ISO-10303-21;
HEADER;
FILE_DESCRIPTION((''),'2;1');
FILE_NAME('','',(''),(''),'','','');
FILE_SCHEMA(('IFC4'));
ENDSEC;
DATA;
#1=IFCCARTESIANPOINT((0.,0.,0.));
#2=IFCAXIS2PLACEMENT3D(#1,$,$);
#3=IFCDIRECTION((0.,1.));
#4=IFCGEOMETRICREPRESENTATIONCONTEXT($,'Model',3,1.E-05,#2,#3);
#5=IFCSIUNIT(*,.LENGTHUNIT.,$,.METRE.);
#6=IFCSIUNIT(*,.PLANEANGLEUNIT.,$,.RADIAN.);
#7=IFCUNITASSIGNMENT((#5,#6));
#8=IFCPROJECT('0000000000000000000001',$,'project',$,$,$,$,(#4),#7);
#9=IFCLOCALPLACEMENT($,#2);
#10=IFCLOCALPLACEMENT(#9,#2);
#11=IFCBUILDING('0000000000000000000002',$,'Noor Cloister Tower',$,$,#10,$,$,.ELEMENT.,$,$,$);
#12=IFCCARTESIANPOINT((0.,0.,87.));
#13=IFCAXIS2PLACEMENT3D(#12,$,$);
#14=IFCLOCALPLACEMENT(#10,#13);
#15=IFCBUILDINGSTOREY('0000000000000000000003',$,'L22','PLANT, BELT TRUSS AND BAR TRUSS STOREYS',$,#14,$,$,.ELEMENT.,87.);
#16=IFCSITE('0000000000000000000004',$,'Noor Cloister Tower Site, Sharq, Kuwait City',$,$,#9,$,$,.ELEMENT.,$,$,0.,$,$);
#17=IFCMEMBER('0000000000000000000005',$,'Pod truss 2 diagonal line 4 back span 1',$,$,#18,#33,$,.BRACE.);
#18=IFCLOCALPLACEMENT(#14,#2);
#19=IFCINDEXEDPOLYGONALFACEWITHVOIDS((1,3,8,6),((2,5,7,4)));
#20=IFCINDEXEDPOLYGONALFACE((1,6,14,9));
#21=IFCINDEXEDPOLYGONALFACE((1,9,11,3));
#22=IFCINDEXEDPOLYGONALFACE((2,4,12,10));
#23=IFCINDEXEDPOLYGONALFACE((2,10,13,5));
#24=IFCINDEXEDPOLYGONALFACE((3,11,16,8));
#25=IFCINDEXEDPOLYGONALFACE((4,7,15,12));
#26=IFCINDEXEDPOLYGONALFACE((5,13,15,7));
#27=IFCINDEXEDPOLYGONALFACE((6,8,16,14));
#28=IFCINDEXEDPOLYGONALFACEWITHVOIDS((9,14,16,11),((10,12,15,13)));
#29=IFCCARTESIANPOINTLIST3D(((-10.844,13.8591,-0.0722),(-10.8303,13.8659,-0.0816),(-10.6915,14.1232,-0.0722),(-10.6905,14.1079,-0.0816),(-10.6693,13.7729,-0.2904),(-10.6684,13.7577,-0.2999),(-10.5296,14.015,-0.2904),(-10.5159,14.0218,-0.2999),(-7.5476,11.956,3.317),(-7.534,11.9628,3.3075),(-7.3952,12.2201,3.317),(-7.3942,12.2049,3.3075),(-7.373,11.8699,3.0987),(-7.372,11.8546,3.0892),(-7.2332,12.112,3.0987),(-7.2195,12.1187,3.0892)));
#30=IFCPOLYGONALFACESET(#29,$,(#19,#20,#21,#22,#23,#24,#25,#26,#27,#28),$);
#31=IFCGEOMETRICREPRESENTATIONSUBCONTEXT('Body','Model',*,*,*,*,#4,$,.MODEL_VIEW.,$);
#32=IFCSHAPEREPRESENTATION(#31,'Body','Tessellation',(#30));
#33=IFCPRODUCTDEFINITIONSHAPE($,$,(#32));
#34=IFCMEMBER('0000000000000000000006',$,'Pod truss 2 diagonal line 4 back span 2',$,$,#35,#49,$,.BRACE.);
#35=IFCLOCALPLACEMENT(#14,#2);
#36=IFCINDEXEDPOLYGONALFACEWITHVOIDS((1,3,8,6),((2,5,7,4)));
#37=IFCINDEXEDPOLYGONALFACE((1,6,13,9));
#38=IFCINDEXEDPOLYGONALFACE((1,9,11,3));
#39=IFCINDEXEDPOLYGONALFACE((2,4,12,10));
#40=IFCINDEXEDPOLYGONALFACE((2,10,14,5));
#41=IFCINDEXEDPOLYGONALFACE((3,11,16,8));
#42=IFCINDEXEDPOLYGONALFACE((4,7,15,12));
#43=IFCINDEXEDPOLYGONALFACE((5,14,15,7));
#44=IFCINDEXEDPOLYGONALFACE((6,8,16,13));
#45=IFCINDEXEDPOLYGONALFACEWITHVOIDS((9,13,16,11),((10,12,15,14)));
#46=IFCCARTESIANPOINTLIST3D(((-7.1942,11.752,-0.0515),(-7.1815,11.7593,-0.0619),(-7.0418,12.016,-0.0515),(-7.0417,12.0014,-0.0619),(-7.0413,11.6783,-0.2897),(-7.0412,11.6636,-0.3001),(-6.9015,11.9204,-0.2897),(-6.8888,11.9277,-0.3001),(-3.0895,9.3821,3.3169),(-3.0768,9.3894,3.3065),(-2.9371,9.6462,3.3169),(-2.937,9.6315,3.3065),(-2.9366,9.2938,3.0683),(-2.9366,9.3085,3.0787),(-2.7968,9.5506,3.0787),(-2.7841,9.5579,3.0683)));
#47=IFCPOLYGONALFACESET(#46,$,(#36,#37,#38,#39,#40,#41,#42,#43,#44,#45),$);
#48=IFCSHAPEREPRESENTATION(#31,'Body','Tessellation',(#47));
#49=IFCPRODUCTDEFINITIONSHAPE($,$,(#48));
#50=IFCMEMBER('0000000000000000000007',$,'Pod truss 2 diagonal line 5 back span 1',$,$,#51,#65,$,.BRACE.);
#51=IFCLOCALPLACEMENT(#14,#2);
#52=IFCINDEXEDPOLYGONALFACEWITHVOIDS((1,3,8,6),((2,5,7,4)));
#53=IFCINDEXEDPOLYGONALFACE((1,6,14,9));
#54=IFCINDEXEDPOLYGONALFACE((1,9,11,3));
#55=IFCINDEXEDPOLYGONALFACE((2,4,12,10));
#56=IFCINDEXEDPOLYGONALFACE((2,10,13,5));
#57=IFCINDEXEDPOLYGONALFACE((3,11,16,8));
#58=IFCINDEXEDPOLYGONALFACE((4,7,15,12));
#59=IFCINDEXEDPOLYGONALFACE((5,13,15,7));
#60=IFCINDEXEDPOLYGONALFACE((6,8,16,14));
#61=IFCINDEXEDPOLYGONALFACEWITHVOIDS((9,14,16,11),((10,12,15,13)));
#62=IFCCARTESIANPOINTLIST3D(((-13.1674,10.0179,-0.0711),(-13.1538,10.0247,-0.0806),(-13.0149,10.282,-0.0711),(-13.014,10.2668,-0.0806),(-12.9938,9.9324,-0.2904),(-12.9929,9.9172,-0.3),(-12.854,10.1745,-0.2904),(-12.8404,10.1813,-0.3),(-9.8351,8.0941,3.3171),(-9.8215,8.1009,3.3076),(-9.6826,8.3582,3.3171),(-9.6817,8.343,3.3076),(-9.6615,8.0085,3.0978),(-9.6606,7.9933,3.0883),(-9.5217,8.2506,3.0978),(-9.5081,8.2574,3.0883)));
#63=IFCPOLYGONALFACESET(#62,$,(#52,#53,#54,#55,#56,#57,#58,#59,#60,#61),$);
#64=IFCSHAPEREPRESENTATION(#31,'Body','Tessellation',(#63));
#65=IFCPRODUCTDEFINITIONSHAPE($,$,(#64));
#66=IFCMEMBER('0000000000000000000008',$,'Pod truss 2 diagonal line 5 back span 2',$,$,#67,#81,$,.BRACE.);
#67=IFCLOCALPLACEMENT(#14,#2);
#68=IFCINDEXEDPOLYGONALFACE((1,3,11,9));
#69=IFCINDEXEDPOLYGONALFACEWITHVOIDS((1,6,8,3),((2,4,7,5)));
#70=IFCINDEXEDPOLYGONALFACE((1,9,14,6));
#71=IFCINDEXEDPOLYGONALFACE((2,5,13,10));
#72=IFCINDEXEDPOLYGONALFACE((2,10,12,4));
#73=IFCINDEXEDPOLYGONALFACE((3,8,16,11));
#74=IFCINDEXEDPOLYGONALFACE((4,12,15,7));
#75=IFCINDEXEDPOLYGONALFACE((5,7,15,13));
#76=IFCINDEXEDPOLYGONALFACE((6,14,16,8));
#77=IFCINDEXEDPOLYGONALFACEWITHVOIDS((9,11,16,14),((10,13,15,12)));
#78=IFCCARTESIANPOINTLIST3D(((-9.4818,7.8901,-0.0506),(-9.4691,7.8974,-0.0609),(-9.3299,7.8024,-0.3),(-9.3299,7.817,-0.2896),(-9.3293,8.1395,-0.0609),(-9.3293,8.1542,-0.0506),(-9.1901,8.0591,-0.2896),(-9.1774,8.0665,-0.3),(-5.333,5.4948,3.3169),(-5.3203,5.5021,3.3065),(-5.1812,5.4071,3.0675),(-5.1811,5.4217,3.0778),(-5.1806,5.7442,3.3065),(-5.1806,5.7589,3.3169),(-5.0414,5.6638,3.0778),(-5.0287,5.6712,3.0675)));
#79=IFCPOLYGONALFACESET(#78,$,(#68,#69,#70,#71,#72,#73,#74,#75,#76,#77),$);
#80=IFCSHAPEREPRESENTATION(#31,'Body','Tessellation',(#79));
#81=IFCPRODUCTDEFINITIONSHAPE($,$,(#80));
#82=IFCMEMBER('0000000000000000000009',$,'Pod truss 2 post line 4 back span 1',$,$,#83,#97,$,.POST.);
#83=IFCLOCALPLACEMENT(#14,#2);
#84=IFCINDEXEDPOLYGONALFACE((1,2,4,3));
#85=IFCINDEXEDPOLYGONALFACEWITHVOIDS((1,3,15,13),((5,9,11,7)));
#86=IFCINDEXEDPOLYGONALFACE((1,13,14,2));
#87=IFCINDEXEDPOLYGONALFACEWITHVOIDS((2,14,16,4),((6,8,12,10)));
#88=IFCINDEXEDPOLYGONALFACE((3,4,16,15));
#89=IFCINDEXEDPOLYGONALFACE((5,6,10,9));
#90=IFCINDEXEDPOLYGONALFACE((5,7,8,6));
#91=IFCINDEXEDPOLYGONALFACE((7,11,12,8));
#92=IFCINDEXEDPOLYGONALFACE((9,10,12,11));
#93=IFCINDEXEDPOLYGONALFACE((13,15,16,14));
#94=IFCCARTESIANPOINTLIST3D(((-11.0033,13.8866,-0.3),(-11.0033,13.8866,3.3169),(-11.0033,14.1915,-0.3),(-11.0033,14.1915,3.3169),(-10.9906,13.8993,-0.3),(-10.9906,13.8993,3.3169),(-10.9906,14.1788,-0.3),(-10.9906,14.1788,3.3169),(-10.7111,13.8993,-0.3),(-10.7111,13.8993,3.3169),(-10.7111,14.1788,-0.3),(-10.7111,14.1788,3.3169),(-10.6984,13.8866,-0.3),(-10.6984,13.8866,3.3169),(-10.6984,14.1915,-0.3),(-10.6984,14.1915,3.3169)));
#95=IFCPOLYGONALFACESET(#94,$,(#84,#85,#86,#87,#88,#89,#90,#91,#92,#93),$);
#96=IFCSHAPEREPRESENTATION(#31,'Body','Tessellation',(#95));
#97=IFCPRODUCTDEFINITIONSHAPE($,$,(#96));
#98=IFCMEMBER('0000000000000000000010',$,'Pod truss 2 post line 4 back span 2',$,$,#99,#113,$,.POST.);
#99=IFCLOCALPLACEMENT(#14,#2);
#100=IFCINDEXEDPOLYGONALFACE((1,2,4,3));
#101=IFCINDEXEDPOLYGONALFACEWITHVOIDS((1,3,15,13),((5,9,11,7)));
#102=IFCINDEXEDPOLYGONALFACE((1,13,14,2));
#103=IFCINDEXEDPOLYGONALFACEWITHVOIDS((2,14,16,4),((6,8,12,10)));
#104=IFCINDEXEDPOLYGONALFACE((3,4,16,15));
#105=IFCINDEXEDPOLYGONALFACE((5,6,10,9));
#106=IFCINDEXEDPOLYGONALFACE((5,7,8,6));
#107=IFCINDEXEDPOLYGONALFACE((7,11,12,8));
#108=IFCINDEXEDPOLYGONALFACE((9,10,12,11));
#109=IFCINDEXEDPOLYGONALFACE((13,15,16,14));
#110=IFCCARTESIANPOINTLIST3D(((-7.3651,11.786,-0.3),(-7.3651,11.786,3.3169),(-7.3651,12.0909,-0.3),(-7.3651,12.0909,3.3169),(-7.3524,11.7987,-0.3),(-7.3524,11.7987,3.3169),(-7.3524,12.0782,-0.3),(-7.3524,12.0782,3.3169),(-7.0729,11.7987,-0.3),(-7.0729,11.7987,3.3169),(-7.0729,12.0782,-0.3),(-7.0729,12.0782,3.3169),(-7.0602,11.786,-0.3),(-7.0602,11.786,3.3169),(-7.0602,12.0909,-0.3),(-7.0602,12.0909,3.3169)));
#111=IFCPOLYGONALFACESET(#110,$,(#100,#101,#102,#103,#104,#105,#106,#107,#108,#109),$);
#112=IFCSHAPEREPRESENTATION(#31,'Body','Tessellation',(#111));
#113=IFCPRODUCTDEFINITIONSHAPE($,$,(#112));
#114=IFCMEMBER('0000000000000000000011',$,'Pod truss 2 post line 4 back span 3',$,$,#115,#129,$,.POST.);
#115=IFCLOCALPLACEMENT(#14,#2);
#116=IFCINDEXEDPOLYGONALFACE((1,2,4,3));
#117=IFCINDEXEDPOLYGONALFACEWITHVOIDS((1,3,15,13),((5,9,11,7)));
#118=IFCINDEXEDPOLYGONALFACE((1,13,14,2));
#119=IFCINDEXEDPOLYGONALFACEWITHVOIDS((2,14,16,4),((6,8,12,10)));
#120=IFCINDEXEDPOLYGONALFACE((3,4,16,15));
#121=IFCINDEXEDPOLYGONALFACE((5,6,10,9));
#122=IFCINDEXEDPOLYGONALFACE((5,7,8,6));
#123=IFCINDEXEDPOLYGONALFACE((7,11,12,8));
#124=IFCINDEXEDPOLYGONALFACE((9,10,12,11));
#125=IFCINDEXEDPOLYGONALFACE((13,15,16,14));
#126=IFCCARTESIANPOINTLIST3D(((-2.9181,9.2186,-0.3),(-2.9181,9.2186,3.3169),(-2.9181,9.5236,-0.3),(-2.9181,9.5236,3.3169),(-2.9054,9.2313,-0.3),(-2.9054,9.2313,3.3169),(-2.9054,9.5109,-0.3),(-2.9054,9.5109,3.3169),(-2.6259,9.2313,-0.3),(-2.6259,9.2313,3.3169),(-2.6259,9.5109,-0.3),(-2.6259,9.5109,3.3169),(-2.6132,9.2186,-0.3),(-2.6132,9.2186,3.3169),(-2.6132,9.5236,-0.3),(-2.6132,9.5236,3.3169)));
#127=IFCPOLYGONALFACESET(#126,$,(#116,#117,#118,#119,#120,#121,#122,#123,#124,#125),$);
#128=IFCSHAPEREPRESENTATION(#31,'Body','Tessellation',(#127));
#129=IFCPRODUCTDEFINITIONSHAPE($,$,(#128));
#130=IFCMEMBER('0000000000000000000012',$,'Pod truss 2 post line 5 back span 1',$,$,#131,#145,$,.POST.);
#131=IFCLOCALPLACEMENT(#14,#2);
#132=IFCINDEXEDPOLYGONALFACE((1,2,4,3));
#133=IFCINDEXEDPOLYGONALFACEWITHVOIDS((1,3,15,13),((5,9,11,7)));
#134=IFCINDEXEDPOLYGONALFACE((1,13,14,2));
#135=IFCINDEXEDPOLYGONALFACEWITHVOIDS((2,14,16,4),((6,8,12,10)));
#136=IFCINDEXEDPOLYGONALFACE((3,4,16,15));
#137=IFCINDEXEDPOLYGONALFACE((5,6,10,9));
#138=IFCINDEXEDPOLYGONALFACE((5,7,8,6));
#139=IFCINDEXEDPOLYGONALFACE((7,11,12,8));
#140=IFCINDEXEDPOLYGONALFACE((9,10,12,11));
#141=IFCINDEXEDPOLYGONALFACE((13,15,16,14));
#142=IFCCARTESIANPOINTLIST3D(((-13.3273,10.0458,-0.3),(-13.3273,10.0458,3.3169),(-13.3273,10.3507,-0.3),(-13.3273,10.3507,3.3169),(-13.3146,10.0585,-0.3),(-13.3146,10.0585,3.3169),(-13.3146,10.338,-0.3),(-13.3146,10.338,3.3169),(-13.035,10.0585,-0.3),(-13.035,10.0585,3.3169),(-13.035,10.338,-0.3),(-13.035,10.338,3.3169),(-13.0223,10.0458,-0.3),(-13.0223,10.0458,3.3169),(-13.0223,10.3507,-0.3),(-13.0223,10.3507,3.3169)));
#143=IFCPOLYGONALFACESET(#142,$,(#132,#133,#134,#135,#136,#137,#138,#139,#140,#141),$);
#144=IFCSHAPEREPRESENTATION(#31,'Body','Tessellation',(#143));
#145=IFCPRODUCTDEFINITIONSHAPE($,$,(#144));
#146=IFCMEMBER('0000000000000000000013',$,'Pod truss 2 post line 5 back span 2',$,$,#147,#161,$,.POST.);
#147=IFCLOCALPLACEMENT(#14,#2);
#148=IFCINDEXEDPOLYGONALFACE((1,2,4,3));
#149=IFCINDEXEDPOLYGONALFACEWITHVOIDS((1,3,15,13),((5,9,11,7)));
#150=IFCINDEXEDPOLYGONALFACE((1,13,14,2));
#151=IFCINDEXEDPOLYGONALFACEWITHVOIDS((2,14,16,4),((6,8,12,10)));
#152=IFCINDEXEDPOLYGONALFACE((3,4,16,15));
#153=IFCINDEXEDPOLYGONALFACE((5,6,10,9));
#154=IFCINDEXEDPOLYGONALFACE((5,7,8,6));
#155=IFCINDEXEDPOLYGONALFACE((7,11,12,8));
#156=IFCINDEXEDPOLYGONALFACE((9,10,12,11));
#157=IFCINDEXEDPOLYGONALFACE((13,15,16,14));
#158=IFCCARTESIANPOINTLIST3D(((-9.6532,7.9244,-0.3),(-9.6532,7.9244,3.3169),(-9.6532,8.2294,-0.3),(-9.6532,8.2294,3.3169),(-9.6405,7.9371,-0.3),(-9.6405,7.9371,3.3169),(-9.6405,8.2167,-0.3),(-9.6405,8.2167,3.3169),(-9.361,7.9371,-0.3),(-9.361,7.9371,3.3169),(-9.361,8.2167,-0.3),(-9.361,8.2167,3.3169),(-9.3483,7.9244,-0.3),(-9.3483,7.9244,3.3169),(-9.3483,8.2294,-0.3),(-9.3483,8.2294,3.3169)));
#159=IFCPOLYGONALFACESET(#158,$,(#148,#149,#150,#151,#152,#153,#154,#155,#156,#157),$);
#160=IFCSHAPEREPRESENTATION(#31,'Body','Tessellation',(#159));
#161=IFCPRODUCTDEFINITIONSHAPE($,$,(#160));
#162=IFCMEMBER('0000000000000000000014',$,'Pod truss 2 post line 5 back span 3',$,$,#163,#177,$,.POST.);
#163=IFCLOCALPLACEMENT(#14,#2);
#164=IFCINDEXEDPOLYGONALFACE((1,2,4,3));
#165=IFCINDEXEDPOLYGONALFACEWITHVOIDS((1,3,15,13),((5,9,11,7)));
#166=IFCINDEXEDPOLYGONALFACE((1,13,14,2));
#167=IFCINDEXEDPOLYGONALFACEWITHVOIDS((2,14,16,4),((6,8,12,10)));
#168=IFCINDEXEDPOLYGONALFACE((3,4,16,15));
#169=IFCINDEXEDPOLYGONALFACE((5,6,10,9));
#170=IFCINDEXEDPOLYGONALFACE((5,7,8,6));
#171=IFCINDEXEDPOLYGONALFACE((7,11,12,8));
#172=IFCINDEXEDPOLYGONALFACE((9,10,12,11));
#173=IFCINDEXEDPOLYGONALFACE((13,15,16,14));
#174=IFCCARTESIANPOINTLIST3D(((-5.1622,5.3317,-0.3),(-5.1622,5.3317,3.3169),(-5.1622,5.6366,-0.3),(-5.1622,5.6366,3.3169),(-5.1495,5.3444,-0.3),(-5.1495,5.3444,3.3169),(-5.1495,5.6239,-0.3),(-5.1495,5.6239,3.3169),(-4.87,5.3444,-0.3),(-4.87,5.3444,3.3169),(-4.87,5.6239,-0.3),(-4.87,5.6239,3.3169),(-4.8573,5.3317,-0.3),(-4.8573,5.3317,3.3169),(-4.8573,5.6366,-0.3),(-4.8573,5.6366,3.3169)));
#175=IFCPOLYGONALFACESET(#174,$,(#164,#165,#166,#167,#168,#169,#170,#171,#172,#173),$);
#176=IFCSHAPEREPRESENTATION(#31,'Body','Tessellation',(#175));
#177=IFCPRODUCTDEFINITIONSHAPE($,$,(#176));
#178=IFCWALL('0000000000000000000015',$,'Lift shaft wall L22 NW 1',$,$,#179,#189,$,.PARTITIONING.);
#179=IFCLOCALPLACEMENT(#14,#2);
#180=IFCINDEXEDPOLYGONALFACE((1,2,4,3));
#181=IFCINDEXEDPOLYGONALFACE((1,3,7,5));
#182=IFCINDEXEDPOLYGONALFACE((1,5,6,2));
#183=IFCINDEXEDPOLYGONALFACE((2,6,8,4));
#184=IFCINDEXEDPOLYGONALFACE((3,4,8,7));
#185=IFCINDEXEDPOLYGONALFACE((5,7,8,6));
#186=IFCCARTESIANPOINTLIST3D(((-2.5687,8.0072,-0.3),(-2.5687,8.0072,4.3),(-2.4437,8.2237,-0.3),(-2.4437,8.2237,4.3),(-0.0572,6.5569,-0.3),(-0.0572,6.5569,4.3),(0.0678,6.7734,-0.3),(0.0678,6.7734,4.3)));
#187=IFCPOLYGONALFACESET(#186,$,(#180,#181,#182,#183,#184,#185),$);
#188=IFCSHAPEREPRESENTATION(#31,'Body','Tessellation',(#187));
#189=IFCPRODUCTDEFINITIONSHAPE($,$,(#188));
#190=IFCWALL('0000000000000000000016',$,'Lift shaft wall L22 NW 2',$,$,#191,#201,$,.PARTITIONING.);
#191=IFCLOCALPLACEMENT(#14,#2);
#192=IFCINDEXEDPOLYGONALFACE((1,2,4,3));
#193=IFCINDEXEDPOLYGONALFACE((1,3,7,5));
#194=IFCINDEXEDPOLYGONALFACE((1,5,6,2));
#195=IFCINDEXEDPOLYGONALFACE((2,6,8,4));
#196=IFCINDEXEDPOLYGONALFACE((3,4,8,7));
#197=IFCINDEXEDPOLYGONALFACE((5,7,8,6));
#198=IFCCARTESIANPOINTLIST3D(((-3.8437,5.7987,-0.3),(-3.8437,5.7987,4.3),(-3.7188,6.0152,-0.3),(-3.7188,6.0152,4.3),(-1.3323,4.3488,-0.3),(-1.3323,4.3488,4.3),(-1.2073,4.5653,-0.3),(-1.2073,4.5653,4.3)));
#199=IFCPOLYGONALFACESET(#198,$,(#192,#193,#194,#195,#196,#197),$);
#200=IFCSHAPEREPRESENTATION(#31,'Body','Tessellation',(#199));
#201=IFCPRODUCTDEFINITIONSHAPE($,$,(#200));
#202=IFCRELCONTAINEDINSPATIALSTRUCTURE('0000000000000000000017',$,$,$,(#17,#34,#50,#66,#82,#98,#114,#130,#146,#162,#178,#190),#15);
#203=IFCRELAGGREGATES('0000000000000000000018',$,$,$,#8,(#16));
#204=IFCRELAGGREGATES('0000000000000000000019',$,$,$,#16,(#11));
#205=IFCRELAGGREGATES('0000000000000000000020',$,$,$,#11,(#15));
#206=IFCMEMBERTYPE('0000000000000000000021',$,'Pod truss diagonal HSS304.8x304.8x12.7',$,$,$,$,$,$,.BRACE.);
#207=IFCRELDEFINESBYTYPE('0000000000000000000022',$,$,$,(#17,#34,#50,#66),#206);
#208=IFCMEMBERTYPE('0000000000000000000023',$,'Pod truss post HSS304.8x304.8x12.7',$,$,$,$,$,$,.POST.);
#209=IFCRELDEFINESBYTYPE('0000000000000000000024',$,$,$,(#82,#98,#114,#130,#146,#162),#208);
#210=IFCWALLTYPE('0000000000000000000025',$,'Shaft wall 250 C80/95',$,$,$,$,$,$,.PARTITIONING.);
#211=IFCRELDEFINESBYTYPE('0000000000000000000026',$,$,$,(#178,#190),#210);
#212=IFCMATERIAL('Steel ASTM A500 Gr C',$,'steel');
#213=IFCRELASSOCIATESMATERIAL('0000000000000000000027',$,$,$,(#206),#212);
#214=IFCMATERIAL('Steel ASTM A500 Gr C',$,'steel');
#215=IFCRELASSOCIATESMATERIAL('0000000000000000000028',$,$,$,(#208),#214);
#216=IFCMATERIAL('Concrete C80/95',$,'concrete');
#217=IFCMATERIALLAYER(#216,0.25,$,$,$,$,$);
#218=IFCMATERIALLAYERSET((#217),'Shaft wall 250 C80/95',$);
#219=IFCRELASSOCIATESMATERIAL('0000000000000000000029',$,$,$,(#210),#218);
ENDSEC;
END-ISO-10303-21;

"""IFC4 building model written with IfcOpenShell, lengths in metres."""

from ifc_helpers import new_model, si_unit, direction, frame, frame_2d, origin, origin_2d, place, context, subcontext, project, spatial, rectangle, hollow_rectangle, extrude, material, layer, layer_set, material_profile, profile_set, type_object, element, save


model = new_model("IFC4")

# Units and contexts
model_context = context("Model", 3, precision=1e-05, world=origin(), true_north=direction((0.0, 1.0)))
body_context = subcontext(model_context, "Body", "Model", "MODEL_VIEW")
ifc_project = project(units=[si_unit("LENGTHUNIT", "METRE"), si_unit("PLANEANGLEUNIT", "RADIAN")], contexts=[model_context])

# Site, building, storey
site_placement = place(None, origin())
site = spatial("IfcSite", under=ifc_project, at=site_placement, Name="Noor Cloister Tower Site, Sharq, Kuwait City", CompositionType="ELEMENT", RefElevation=0.0)
building_placement = place(site_placement, origin())
building = spatial("IfcBuilding", under=site, at=building_placement, Name="Noor Cloister Tower", CompositionType="ELEMENT")
storey_placement = place(building_placement, frame((0.0, 0.0, 87.0)))
storey = spatial("IfcBuildingStorey", under=building, at=storey_placement, Name="L22", Description="PLANT, BELT TRUSS AND BAR TRUSS STOREYS", CompositionType="ELEMENT", Elevation=87.0)

# Members
ifc_material_1 = material(Name="Steel ASTM A500 Gr C", Category="steel")
ifc_material_profile_1 = material_profile(ifc_material_1, hollow_rectangle(XDim=0.3049, YDim=0.3049, WallThickness=0.0127, at=origin_2d()), Name="HSS304.8x304.8x12.7")
ifc_profile_set_1 = profile_set([ifc_material_profile_1], Name="Steel ASTM A500 Gr C")
member_type_1 = type_object("IfcMemberType", Name="Pod truss diagonal HSS304.8x304.8x12.7", PredefinedType="BRACE", material=ifc_profile_set_1)
member_1_placement = place(storey_placement, frame((-10.6799, 13.9404, -0.186), z_axis=(0.646795, -0.373409, 0.664998), x_axis=(0.499982, 0.866036, 0.0)))
element("IfcMember", 1, at=member_1_placement, inside=storey, type_object=member_type_1, Name="Pod truss 2 diagonal line 4 back span 1", PredefinedType="BRACE", context=body_context, shape_type="SweptSolid", body=[
    extrude(hollow_rectangle(XDim=0.3049, YDim=0.3049, WallThickness=0.0127, at=origin_2d()), origin(), (0.0, 0.0, 1.0), 5.0964),
])
member_2_placement = place(storey_placement, frame((-7.0415, 11.8398, -0.1758), z_axis=(0.705918, -0.407562, 0.579287), x_axis=(0.5, 0.866025, 0.0)))
element("IfcMember", 2, at=member_2_placement, inside=storey, type_object=member_type_1, Name="Pod truss 2 diagonal line 4 back span 2", PredefinedType="BRACE", context=body_context, shape_type="SweptSolid", body=[
    extrude(hollow_rectangle(XDim=0.3049, YDim=0.3049, WallThickness=0.0127, at=origin_2d()), origin(), (0.0, 0.0, 1.0), 5.8147),
])
member_3_placement = place(storey_placement, frame((-13.0039, 10.0996, -0.1855), z_axis=(0.649961, -0.375243, 0.660866), x_axis=(0.499988, 0.866032, 0.0)))
element("IfcMember", 3, at=member_3_placement, inside=storey, type_object=member_type_1, Name="Pod truss 2 diagonal line 5 back span 1", PredefinedType="BRACE", context=body_context, shape_type="SweptSolid", body=[
    extrude(hollow_rectangle(XDim=0.3049, YDim=0.3049, WallThickness=0.0127, at=origin_2d()), origin(), (0.0, 0.0, 1.0), 5.127),
])
member_4_placement = place(storey_placement, frame((-9.3296, 7.9783, -0.1753), z_axis=(0.708494, -0.409053, 0.575076), x_axis=(0.500003, 0.866023, 0.0)))
element("IfcMember", 4, at=member_4_placement, inside=storey, type_object=member_type_1, Name="Pod truss 2 diagonal line 5 back span 2", PredefinedType="BRACE", context=body_context, shape_type="SweptSolid", body=[
    extrude(hollow_rectangle(XDim=0.3049, YDim=0.3049, WallThickness=0.0127, at=origin_2d()), origin(), (0.0, 0.0, 1.0), 5.8557),
])
ifc_material_2 = material(Name="Steel ASTM A500 Gr C", Category="steel")
ifc_material_profile_2 = material_profile(ifc_material_2, hollow_rectangle(XDim=0.3049, YDim=0.3049, WallThickness=0.0127, at=origin_2d()), Name="HSS304.8x304.8x12.7")
ifc_profile_set_2 = profile_set([ifc_material_profile_2], Name="Steel ASTM A500 Gr C")
member_type_2 = type_object("IfcMemberType", Name="Pod truss post HSS304.8x304.8x12.7", PredefinedType="POST", material=ifc_profile_set_2)
for number, where, z_axis, x_axis, name in (
    (5, (-10.8508, 14.0391, -0.3), (0.0, 0.0, 1.0), (1.0, 0.0, 0.0), "Pod truss 2 post line 4 back span 1"),
    (6, (-7.2126, 11.9385, -0.3), (0.0, 0.0, 1.0), (1.0, 0.0, 0.0), "Pod truss 2 post line 4 back span 2"),
    (7, (-2.7656, 9.3711, -0.3), (0.0, 0.0, 1.0), (1.0, 0.0, 0.0), "Pod truss 2 post line 4 back span 3"),
    (8, (-13.1748, 10.1982, -0.3), (0.0, 0.0, 1.0), (1.0, 0.0, 0.0), "Pod truss 2 post line 5 back span 1"),
    (9, (-9.5007, 8.0769, -0.3), (0.0, 0.0, 1.0), (1.0, 0.0, 0.0), "Pod truss 2 post line 5 back span 2"),
    (10, (-5.0098, 5.4841, -0.3), (0.0, 0.0, 1.0), (1.0, 0.0, 0.0), "Pod truss 2 post line 5 back span 3"),
):
    element("IfcMember", number, at=place(storey_placement, frame(where, z_axis=z_axis, x_axis=x_axis)), inside=storey, type_object=member_type_2, Name=name, PredefinedType="POST", context=body_context, shape_type="SweptSolid", body=[
        extrude(hollow_rectangle(XDim=0.3049, YDim=0.3049, WallThickness=0.0127, at=origin_2d()), origin(), (0.0, 0.0, 1.0), 3.6169),
    ])

# Walls
ifc_material_3 = material(Name="Concrete C80/95", Category="concrete")
ifc_layer_1 = layer(ifc_material_3, 0.25)
ifc_layer_set_1 = layer_set([ifc_layer_1], Name="Shaft wall 250 C80/95")
wall_type_1 = type_object("IfcWallType", Name="Shaft wall 250 C80/95", PredefinedType="PARTITIONING", material=ifc_layer_set_1)
wall_1_placement = place(storey_placement, frame((-2.5063, 8.1155, -0.3), z_axis=(0.0, 0.0, 1.0), x_axis=(0.865996, -0.50005, 0.0)))
element("IfcWall", 11, at=wall_1_placement, inside=storey, type_object=wall_type_1, Name="Lift shaft wall L22 NW 1", PredefinedType="PARTITIONING", context=body_context, shape_type="SweptSolid", body=[
    extrude(rectangle(XDim=2.9001, YDim=0.25, at=frame_2d((1.4502, 0.0))), origin(), (0.0, 0.0, 1.0), 4.6001),
])
for number, where, z_axis, x_axis, name in (
    (12, (-3.7812, 5.907, -0.3), (0.0, 0.0, 1.0), (0.866033, -0.499987, 0.0), "Lift shaft wall L22 NW 2"),
):
    element("IfcWall", number, at=place(storey_placement, frame(where, z_axis=z_axis, x_axis=x_axis)), inside=storey, type_object=wall_type_1, Name=name, PredefinedType="PARTITIONING", context=body_context, shape_type="SweptSolid", body=[
        extrude(rectangle(XDim=2.8999, YDim=0.25, at=frame_2d((1.45, 0.0))), origin(), (0.0, 0.0, 1.0), 4.6001),
    ])

save(model, "model.ifc")
